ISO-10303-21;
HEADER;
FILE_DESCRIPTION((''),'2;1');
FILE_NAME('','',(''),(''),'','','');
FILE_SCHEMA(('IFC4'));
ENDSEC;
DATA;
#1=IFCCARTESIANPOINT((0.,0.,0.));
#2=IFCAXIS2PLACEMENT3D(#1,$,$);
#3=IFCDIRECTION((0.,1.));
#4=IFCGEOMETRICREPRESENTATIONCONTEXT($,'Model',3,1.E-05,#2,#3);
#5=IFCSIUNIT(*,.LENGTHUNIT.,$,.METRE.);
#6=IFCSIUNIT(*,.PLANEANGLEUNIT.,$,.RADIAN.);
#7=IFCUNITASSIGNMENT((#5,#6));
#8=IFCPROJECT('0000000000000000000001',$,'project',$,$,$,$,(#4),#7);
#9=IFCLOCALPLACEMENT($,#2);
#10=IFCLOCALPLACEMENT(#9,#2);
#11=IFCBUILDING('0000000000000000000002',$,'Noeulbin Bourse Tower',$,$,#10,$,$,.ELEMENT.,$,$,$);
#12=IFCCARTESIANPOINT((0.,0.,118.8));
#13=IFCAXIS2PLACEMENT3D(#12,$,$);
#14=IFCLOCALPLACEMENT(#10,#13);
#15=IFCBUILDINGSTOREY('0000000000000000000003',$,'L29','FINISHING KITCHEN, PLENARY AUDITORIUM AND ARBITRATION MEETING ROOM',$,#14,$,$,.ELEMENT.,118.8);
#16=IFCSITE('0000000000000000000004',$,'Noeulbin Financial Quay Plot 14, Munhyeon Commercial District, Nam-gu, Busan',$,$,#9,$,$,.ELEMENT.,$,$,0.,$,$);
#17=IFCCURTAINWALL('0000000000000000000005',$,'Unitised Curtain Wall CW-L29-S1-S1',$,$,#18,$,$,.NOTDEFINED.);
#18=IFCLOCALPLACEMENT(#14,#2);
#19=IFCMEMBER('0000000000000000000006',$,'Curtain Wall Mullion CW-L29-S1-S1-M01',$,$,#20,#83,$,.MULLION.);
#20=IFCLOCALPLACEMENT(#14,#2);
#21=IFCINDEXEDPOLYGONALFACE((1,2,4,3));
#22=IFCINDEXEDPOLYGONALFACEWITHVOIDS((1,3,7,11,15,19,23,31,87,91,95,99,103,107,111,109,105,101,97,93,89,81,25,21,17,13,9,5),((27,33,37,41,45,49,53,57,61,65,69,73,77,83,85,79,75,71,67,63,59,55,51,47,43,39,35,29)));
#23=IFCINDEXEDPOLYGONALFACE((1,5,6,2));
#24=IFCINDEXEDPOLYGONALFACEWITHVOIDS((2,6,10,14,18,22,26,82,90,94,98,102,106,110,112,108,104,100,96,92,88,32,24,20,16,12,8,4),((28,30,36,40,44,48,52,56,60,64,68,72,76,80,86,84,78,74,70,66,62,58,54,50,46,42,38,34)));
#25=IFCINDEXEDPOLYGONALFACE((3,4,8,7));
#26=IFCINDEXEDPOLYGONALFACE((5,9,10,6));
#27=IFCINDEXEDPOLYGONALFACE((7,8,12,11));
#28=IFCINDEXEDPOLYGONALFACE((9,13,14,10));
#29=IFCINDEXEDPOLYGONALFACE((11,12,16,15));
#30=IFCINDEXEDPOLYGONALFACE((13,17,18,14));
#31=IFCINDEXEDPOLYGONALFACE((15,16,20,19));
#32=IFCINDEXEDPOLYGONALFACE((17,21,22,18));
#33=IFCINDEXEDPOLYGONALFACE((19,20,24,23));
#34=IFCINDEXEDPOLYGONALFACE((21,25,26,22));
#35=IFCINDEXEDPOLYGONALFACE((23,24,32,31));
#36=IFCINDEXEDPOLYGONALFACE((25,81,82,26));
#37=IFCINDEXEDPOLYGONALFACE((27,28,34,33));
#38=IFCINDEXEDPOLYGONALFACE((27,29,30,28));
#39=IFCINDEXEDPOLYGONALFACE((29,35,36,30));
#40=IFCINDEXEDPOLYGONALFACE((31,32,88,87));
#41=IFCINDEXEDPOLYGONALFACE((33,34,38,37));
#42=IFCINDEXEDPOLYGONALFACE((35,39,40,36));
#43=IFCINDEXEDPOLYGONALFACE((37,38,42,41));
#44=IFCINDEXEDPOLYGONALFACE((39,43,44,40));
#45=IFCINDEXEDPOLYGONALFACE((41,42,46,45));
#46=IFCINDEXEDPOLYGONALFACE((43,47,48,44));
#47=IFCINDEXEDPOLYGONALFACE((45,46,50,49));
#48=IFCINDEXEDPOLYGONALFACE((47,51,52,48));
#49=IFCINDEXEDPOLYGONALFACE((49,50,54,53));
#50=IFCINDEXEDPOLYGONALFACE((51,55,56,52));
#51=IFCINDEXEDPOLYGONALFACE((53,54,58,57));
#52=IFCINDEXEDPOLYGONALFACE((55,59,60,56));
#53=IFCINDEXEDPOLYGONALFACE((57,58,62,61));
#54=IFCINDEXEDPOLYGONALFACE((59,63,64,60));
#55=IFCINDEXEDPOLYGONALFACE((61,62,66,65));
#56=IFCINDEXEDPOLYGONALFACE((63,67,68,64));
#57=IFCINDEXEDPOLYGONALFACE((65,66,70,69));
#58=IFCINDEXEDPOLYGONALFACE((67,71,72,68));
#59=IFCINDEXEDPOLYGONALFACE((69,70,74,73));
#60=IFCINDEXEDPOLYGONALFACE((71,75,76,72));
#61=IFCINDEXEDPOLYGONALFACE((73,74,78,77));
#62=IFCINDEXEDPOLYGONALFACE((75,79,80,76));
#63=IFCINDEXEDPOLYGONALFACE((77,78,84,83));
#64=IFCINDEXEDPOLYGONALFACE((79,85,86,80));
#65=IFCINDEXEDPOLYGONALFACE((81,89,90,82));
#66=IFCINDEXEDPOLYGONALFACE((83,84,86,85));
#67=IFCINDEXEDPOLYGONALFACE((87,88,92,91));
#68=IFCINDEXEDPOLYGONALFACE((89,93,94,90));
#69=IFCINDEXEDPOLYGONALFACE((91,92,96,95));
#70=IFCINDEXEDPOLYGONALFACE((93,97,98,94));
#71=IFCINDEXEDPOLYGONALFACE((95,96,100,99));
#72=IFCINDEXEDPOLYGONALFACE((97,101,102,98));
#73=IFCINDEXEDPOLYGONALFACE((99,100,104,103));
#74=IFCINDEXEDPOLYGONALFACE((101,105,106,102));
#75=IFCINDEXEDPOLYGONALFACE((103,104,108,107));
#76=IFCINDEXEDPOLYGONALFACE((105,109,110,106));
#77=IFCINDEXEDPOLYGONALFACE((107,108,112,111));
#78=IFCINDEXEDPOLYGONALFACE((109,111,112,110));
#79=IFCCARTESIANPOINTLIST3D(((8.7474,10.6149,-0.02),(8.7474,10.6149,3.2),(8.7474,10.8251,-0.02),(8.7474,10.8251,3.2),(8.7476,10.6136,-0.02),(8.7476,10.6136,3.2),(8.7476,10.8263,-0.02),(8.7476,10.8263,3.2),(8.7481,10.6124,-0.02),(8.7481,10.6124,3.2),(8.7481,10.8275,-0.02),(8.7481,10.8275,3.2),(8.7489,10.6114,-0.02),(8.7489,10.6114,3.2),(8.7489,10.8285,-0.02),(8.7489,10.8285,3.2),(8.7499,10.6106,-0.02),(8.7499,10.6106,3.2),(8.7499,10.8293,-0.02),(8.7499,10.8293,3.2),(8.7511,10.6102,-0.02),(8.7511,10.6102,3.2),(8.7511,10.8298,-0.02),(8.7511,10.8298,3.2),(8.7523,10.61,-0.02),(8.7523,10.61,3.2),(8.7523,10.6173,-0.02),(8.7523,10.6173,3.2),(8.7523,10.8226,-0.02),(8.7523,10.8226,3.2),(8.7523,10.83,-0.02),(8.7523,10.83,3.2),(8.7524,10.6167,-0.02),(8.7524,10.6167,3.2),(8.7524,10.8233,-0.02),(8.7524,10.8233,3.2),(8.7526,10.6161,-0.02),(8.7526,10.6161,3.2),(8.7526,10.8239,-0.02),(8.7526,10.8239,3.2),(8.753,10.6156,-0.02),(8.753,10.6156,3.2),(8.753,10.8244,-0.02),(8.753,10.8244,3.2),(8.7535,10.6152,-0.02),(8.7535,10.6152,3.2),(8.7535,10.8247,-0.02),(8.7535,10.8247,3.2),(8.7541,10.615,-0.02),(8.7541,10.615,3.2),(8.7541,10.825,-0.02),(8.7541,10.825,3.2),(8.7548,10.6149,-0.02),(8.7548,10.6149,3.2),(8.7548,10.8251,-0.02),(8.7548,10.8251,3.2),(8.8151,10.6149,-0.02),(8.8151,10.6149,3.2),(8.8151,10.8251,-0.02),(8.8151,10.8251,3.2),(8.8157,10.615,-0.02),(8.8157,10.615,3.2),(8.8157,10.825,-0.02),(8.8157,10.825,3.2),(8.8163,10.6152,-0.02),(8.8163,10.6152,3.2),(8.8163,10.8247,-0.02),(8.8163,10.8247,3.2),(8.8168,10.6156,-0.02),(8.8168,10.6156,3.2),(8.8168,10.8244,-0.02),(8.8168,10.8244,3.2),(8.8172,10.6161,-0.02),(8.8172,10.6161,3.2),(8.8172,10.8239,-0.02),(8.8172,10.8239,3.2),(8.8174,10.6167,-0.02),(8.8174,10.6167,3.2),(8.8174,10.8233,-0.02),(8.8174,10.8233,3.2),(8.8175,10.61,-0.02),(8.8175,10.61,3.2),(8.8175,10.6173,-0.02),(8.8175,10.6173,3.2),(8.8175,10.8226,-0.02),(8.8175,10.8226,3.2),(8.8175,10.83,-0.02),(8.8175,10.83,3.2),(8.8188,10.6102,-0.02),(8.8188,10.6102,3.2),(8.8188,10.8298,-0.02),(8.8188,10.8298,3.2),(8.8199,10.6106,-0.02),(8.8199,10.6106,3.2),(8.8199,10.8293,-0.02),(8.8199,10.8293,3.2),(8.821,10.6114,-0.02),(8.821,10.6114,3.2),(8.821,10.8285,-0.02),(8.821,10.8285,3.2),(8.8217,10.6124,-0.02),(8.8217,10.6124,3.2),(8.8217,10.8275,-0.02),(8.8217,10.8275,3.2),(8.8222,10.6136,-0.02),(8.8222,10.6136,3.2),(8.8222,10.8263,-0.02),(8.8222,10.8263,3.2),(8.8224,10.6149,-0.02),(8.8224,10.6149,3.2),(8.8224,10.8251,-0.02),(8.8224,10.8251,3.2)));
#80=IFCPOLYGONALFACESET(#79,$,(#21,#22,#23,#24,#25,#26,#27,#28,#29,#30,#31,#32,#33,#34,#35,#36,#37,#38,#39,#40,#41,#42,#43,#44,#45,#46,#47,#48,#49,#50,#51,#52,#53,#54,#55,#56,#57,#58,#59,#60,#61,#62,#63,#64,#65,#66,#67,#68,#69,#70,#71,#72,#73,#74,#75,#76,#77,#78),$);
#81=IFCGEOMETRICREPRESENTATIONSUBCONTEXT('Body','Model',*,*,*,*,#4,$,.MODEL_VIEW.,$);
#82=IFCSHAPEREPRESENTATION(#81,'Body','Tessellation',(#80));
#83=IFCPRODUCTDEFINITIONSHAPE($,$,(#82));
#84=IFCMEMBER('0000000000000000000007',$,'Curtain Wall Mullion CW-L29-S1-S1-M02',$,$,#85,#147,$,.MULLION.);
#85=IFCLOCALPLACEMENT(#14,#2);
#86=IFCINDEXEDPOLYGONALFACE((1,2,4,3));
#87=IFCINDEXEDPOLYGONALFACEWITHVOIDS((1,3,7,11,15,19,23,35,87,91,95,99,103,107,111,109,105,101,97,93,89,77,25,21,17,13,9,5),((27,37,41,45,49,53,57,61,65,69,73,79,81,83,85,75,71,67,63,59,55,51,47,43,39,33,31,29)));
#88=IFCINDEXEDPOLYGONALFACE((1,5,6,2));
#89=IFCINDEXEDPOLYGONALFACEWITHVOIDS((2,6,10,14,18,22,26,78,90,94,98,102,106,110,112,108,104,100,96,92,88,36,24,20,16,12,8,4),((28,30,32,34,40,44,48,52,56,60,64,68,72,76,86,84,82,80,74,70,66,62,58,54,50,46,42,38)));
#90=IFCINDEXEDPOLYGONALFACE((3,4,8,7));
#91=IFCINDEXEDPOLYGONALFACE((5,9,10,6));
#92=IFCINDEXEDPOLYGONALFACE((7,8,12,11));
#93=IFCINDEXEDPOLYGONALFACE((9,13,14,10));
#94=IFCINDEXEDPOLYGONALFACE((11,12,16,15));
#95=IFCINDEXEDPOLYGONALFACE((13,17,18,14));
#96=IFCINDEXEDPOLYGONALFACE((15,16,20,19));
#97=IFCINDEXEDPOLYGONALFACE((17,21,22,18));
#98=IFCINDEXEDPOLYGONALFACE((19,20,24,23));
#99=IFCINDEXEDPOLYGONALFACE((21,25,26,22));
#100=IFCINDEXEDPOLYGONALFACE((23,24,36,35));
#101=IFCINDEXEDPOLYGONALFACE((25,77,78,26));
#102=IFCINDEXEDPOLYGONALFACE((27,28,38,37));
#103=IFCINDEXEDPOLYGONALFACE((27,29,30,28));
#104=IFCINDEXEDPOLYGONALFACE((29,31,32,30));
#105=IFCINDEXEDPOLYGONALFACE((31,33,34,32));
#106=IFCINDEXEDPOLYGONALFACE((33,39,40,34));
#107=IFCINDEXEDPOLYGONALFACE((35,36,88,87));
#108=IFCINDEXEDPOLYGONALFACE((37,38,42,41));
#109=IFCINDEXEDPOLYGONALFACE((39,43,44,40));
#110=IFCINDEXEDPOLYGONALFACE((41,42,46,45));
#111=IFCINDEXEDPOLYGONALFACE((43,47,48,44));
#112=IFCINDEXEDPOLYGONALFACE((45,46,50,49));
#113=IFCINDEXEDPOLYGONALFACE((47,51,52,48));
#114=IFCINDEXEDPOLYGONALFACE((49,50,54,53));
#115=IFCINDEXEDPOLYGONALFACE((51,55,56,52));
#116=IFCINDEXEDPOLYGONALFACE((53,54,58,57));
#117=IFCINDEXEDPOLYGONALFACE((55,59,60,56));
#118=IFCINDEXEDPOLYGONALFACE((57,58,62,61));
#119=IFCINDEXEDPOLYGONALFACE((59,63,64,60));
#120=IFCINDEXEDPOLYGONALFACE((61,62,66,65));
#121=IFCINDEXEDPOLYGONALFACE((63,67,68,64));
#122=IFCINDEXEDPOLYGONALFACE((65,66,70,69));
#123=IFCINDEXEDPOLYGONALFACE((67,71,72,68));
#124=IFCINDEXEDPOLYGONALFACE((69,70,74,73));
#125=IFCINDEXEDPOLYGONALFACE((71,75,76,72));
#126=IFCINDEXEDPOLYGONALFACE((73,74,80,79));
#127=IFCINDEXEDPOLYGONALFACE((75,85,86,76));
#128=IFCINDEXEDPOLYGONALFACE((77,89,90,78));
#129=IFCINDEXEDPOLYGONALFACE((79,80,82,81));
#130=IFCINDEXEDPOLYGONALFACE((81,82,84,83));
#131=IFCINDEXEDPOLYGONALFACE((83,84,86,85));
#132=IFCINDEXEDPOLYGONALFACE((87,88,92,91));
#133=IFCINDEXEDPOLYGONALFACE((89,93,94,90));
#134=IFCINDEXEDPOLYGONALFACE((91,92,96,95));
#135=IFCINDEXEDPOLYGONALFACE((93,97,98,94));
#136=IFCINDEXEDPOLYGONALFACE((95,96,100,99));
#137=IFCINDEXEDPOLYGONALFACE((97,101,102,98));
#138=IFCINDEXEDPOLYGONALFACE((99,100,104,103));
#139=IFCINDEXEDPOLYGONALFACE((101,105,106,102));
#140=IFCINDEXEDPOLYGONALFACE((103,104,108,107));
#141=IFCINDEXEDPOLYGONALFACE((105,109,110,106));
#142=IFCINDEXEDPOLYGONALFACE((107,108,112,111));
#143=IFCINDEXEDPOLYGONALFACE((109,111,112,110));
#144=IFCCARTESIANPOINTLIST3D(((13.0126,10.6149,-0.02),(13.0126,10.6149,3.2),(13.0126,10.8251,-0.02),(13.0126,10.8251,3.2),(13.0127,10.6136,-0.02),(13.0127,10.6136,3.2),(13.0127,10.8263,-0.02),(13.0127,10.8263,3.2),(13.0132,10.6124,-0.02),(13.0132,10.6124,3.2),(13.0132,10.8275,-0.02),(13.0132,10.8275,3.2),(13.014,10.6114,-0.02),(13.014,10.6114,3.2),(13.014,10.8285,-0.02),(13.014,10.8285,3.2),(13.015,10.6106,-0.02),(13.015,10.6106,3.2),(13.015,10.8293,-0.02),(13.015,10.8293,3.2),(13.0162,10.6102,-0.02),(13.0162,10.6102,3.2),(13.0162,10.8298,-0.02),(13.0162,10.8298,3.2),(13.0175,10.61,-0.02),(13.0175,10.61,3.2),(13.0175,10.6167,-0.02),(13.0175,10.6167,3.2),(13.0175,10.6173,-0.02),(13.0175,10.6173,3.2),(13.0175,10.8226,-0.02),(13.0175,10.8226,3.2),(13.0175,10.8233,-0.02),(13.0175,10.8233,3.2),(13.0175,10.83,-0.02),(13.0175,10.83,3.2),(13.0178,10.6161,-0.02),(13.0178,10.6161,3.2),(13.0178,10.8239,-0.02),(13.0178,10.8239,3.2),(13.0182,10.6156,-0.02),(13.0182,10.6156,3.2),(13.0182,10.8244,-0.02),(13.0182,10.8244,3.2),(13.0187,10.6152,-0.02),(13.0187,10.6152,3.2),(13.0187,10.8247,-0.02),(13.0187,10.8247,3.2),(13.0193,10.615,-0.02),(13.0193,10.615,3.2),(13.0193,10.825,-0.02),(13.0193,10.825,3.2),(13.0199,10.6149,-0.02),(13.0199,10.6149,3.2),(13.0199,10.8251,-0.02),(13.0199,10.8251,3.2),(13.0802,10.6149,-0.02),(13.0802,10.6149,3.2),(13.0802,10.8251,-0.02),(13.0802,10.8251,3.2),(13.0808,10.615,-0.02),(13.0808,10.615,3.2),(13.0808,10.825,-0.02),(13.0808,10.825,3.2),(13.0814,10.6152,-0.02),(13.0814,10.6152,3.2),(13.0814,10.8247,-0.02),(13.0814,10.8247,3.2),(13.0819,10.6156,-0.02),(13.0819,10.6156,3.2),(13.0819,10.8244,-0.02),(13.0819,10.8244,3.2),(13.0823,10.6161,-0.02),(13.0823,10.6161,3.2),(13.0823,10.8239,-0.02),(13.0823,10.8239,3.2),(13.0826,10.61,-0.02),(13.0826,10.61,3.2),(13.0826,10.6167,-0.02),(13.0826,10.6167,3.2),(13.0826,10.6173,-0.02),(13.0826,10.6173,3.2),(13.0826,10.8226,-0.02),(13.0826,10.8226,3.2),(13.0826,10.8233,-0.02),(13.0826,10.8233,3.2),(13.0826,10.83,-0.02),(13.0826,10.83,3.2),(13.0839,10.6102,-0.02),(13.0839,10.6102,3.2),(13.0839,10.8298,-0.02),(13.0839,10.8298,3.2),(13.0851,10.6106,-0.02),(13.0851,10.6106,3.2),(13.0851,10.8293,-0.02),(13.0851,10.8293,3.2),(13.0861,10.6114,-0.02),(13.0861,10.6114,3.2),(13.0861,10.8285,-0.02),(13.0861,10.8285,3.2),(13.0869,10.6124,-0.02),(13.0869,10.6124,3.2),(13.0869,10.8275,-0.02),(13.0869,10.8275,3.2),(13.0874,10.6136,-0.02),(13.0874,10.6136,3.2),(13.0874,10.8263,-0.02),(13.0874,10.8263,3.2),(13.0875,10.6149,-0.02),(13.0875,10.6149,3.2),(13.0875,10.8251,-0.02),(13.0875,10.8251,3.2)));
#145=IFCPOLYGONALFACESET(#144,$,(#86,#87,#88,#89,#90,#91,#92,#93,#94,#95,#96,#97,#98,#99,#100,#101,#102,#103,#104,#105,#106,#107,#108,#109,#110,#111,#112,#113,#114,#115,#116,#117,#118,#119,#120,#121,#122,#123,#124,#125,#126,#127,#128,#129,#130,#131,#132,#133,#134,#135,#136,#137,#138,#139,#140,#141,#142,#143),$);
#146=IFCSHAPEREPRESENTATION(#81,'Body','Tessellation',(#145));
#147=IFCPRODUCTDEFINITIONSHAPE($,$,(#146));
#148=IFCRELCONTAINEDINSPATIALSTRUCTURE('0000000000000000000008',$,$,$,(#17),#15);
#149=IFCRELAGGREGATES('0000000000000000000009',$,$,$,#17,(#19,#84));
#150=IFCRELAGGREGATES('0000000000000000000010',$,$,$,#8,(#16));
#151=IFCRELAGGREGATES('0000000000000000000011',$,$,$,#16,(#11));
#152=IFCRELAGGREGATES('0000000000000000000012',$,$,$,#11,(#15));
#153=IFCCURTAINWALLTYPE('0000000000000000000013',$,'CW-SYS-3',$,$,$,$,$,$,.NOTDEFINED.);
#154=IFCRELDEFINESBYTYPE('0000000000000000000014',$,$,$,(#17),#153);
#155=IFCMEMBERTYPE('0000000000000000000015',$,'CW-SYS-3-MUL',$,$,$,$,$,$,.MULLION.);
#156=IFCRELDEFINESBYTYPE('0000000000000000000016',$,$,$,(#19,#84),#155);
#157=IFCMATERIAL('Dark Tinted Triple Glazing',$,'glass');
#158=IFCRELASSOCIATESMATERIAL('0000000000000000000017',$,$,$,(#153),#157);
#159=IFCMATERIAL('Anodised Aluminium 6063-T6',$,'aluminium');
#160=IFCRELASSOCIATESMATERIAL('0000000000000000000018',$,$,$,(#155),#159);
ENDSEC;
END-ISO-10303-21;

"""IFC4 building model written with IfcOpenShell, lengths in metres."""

from ifc_helpers import new_model, si_unit, direction, frame, origin, origin_2d, place, context, subcontext, project, spatial, hollow_rectangle, extrude, material, material_profile, profile_set, type_object, element, aggregate, save


model = new_model("IFC4")

# Units and contexts
model_context = context("Model", 3, precision=1e-05, world=origin(), true_north=direction((0.0, 1.0)))
body_context = subcontext(model_context, "Body", "Model", "MODEL_VIEW")
ifc_project = project(units=[si_unit("LENGTHUNIT", "METRE"), si_unit("PLANEANGLEUNIT", "RADIAN")], contexts=[model_context])

# Site, building, storey
site_placement = place(None, origin())
site = spatial("IfcSite", under=ifc_project, at=site_placement, Name="Noeulbin Financial Quay Plot 14, Munhyeon Commercial District, Nam-gu, Busan", CompositionType="ELEMENT", RefElevation=0.0)
building_placement = place(site_placement, origin())
building = spatial("IfcBuilding", under=site, at=building_placement, Name="Noeulbin Bourse Tower", CompositionType="ELEMENT")
storey_placement = place(building_placement, frame((0.0, 0.0, 118.8)))
storey = spatial("IfcBuildingStorey", under=building, at=storey_placement, Name="L29", Description="FINISHING KITCHEN, PLENARY AUDITORIUM AND ARBITRATION MEETING ROOM", CompositionType="ELEMENT", Elevation=118.8)

# Curtain wall, members
ifc_material_1 = material(Name="Dark Tinted Triple Glazing", Category="glass")
curtain_wall_type = type_object("IfcCurtainWallType", Name="CW-SYS-3", PredefinedType="NOTDEFINED", material=ifc_material_1)
curtain_wall_1_placement = place(storey_placement, origin())
curtain_wall_1 = element("IfcCurtainWall", 1, at=curtain_wall_1_placement, inside=storey, type_object=curtain_wall_type, Name="Unitised Curtain Wall CW-L29-S1-S1", PredefinedType="NOTDEFINED")
ifc_material_2 = material(Name="Anodised Aluminium 6063-T6", Category="aluminium")
ifc_material_profile_1 = material_profile(ifc_material_2, hollow_rectangle(XDim=0.075, YDim=0.22, WallThickness=0.0049, InnerFilletRadius=0.0024, OuterFilletRadius=0.0049, at=origin_2d()), Name="ALU-MULL-75x220x5", Category="LoadBearing")
ifc_profile_set_1 = profile_set([ifc_material_profile_1], Name="Anodised Aluminium 6063-T6")
member_type_1 = type_object("IfcMemberType", Name="CW-SYS-3-MUL", PredefinedType="MULLION", material=ifc_profile_set_1)
member_1_placement = place(storey_placement, frame((8.7849, 10.72, -0.02), z_axis=(0.0, 0.0, 1.0), x_axis=(1.0, 0.0, 0.0)))
member_1 = element("IfcMember", 2, at=member_1_placement, type_object=member_type_1, Name="Curtain Wall Mullion CW-L29-S1-S1-M01", PredefinedType="MULLION", context=body_context, shape_type="SweptSolid", body=[
    extrude(hollow_rectangle(XDim=0.075, YDim=0.22, WallThickness=0.0049, InnerFilletRadius=0.0024, OuterFilletRadius=0.0049, at=origin_2d()), origin(), (0.0, 0.0, 1.0), 3.22),
])
member_2_placement = place(storey_placement, frame((13.05, 10.72, -0.02), z_axis=(0.0, 0.0, 1.0), x_axis=(1.0, 0.0, 0.0)))
member_2 = element("IfcMember", 3, at=member_2_placement, type_object=member_type_1, Name="Curtain Wall Mullion CW-L29-S1-S1-M02", PredefinedType="MULLION", context=body_context, shape_type="SweptSolid", body=[
    extrude(hollow_rectangle(XDim=0.075, YDim=0.22, WallThickness=0.0049, InnerFilletRadius=0.0024, OuterFilletRadius=0.0049, at=origin_2d()), origin(), (0.0, 0.0, 1.0), 3.22),
])

aggregate(curtain_wall_1, [member_1, member_2])

save(model, "model.ifc")
